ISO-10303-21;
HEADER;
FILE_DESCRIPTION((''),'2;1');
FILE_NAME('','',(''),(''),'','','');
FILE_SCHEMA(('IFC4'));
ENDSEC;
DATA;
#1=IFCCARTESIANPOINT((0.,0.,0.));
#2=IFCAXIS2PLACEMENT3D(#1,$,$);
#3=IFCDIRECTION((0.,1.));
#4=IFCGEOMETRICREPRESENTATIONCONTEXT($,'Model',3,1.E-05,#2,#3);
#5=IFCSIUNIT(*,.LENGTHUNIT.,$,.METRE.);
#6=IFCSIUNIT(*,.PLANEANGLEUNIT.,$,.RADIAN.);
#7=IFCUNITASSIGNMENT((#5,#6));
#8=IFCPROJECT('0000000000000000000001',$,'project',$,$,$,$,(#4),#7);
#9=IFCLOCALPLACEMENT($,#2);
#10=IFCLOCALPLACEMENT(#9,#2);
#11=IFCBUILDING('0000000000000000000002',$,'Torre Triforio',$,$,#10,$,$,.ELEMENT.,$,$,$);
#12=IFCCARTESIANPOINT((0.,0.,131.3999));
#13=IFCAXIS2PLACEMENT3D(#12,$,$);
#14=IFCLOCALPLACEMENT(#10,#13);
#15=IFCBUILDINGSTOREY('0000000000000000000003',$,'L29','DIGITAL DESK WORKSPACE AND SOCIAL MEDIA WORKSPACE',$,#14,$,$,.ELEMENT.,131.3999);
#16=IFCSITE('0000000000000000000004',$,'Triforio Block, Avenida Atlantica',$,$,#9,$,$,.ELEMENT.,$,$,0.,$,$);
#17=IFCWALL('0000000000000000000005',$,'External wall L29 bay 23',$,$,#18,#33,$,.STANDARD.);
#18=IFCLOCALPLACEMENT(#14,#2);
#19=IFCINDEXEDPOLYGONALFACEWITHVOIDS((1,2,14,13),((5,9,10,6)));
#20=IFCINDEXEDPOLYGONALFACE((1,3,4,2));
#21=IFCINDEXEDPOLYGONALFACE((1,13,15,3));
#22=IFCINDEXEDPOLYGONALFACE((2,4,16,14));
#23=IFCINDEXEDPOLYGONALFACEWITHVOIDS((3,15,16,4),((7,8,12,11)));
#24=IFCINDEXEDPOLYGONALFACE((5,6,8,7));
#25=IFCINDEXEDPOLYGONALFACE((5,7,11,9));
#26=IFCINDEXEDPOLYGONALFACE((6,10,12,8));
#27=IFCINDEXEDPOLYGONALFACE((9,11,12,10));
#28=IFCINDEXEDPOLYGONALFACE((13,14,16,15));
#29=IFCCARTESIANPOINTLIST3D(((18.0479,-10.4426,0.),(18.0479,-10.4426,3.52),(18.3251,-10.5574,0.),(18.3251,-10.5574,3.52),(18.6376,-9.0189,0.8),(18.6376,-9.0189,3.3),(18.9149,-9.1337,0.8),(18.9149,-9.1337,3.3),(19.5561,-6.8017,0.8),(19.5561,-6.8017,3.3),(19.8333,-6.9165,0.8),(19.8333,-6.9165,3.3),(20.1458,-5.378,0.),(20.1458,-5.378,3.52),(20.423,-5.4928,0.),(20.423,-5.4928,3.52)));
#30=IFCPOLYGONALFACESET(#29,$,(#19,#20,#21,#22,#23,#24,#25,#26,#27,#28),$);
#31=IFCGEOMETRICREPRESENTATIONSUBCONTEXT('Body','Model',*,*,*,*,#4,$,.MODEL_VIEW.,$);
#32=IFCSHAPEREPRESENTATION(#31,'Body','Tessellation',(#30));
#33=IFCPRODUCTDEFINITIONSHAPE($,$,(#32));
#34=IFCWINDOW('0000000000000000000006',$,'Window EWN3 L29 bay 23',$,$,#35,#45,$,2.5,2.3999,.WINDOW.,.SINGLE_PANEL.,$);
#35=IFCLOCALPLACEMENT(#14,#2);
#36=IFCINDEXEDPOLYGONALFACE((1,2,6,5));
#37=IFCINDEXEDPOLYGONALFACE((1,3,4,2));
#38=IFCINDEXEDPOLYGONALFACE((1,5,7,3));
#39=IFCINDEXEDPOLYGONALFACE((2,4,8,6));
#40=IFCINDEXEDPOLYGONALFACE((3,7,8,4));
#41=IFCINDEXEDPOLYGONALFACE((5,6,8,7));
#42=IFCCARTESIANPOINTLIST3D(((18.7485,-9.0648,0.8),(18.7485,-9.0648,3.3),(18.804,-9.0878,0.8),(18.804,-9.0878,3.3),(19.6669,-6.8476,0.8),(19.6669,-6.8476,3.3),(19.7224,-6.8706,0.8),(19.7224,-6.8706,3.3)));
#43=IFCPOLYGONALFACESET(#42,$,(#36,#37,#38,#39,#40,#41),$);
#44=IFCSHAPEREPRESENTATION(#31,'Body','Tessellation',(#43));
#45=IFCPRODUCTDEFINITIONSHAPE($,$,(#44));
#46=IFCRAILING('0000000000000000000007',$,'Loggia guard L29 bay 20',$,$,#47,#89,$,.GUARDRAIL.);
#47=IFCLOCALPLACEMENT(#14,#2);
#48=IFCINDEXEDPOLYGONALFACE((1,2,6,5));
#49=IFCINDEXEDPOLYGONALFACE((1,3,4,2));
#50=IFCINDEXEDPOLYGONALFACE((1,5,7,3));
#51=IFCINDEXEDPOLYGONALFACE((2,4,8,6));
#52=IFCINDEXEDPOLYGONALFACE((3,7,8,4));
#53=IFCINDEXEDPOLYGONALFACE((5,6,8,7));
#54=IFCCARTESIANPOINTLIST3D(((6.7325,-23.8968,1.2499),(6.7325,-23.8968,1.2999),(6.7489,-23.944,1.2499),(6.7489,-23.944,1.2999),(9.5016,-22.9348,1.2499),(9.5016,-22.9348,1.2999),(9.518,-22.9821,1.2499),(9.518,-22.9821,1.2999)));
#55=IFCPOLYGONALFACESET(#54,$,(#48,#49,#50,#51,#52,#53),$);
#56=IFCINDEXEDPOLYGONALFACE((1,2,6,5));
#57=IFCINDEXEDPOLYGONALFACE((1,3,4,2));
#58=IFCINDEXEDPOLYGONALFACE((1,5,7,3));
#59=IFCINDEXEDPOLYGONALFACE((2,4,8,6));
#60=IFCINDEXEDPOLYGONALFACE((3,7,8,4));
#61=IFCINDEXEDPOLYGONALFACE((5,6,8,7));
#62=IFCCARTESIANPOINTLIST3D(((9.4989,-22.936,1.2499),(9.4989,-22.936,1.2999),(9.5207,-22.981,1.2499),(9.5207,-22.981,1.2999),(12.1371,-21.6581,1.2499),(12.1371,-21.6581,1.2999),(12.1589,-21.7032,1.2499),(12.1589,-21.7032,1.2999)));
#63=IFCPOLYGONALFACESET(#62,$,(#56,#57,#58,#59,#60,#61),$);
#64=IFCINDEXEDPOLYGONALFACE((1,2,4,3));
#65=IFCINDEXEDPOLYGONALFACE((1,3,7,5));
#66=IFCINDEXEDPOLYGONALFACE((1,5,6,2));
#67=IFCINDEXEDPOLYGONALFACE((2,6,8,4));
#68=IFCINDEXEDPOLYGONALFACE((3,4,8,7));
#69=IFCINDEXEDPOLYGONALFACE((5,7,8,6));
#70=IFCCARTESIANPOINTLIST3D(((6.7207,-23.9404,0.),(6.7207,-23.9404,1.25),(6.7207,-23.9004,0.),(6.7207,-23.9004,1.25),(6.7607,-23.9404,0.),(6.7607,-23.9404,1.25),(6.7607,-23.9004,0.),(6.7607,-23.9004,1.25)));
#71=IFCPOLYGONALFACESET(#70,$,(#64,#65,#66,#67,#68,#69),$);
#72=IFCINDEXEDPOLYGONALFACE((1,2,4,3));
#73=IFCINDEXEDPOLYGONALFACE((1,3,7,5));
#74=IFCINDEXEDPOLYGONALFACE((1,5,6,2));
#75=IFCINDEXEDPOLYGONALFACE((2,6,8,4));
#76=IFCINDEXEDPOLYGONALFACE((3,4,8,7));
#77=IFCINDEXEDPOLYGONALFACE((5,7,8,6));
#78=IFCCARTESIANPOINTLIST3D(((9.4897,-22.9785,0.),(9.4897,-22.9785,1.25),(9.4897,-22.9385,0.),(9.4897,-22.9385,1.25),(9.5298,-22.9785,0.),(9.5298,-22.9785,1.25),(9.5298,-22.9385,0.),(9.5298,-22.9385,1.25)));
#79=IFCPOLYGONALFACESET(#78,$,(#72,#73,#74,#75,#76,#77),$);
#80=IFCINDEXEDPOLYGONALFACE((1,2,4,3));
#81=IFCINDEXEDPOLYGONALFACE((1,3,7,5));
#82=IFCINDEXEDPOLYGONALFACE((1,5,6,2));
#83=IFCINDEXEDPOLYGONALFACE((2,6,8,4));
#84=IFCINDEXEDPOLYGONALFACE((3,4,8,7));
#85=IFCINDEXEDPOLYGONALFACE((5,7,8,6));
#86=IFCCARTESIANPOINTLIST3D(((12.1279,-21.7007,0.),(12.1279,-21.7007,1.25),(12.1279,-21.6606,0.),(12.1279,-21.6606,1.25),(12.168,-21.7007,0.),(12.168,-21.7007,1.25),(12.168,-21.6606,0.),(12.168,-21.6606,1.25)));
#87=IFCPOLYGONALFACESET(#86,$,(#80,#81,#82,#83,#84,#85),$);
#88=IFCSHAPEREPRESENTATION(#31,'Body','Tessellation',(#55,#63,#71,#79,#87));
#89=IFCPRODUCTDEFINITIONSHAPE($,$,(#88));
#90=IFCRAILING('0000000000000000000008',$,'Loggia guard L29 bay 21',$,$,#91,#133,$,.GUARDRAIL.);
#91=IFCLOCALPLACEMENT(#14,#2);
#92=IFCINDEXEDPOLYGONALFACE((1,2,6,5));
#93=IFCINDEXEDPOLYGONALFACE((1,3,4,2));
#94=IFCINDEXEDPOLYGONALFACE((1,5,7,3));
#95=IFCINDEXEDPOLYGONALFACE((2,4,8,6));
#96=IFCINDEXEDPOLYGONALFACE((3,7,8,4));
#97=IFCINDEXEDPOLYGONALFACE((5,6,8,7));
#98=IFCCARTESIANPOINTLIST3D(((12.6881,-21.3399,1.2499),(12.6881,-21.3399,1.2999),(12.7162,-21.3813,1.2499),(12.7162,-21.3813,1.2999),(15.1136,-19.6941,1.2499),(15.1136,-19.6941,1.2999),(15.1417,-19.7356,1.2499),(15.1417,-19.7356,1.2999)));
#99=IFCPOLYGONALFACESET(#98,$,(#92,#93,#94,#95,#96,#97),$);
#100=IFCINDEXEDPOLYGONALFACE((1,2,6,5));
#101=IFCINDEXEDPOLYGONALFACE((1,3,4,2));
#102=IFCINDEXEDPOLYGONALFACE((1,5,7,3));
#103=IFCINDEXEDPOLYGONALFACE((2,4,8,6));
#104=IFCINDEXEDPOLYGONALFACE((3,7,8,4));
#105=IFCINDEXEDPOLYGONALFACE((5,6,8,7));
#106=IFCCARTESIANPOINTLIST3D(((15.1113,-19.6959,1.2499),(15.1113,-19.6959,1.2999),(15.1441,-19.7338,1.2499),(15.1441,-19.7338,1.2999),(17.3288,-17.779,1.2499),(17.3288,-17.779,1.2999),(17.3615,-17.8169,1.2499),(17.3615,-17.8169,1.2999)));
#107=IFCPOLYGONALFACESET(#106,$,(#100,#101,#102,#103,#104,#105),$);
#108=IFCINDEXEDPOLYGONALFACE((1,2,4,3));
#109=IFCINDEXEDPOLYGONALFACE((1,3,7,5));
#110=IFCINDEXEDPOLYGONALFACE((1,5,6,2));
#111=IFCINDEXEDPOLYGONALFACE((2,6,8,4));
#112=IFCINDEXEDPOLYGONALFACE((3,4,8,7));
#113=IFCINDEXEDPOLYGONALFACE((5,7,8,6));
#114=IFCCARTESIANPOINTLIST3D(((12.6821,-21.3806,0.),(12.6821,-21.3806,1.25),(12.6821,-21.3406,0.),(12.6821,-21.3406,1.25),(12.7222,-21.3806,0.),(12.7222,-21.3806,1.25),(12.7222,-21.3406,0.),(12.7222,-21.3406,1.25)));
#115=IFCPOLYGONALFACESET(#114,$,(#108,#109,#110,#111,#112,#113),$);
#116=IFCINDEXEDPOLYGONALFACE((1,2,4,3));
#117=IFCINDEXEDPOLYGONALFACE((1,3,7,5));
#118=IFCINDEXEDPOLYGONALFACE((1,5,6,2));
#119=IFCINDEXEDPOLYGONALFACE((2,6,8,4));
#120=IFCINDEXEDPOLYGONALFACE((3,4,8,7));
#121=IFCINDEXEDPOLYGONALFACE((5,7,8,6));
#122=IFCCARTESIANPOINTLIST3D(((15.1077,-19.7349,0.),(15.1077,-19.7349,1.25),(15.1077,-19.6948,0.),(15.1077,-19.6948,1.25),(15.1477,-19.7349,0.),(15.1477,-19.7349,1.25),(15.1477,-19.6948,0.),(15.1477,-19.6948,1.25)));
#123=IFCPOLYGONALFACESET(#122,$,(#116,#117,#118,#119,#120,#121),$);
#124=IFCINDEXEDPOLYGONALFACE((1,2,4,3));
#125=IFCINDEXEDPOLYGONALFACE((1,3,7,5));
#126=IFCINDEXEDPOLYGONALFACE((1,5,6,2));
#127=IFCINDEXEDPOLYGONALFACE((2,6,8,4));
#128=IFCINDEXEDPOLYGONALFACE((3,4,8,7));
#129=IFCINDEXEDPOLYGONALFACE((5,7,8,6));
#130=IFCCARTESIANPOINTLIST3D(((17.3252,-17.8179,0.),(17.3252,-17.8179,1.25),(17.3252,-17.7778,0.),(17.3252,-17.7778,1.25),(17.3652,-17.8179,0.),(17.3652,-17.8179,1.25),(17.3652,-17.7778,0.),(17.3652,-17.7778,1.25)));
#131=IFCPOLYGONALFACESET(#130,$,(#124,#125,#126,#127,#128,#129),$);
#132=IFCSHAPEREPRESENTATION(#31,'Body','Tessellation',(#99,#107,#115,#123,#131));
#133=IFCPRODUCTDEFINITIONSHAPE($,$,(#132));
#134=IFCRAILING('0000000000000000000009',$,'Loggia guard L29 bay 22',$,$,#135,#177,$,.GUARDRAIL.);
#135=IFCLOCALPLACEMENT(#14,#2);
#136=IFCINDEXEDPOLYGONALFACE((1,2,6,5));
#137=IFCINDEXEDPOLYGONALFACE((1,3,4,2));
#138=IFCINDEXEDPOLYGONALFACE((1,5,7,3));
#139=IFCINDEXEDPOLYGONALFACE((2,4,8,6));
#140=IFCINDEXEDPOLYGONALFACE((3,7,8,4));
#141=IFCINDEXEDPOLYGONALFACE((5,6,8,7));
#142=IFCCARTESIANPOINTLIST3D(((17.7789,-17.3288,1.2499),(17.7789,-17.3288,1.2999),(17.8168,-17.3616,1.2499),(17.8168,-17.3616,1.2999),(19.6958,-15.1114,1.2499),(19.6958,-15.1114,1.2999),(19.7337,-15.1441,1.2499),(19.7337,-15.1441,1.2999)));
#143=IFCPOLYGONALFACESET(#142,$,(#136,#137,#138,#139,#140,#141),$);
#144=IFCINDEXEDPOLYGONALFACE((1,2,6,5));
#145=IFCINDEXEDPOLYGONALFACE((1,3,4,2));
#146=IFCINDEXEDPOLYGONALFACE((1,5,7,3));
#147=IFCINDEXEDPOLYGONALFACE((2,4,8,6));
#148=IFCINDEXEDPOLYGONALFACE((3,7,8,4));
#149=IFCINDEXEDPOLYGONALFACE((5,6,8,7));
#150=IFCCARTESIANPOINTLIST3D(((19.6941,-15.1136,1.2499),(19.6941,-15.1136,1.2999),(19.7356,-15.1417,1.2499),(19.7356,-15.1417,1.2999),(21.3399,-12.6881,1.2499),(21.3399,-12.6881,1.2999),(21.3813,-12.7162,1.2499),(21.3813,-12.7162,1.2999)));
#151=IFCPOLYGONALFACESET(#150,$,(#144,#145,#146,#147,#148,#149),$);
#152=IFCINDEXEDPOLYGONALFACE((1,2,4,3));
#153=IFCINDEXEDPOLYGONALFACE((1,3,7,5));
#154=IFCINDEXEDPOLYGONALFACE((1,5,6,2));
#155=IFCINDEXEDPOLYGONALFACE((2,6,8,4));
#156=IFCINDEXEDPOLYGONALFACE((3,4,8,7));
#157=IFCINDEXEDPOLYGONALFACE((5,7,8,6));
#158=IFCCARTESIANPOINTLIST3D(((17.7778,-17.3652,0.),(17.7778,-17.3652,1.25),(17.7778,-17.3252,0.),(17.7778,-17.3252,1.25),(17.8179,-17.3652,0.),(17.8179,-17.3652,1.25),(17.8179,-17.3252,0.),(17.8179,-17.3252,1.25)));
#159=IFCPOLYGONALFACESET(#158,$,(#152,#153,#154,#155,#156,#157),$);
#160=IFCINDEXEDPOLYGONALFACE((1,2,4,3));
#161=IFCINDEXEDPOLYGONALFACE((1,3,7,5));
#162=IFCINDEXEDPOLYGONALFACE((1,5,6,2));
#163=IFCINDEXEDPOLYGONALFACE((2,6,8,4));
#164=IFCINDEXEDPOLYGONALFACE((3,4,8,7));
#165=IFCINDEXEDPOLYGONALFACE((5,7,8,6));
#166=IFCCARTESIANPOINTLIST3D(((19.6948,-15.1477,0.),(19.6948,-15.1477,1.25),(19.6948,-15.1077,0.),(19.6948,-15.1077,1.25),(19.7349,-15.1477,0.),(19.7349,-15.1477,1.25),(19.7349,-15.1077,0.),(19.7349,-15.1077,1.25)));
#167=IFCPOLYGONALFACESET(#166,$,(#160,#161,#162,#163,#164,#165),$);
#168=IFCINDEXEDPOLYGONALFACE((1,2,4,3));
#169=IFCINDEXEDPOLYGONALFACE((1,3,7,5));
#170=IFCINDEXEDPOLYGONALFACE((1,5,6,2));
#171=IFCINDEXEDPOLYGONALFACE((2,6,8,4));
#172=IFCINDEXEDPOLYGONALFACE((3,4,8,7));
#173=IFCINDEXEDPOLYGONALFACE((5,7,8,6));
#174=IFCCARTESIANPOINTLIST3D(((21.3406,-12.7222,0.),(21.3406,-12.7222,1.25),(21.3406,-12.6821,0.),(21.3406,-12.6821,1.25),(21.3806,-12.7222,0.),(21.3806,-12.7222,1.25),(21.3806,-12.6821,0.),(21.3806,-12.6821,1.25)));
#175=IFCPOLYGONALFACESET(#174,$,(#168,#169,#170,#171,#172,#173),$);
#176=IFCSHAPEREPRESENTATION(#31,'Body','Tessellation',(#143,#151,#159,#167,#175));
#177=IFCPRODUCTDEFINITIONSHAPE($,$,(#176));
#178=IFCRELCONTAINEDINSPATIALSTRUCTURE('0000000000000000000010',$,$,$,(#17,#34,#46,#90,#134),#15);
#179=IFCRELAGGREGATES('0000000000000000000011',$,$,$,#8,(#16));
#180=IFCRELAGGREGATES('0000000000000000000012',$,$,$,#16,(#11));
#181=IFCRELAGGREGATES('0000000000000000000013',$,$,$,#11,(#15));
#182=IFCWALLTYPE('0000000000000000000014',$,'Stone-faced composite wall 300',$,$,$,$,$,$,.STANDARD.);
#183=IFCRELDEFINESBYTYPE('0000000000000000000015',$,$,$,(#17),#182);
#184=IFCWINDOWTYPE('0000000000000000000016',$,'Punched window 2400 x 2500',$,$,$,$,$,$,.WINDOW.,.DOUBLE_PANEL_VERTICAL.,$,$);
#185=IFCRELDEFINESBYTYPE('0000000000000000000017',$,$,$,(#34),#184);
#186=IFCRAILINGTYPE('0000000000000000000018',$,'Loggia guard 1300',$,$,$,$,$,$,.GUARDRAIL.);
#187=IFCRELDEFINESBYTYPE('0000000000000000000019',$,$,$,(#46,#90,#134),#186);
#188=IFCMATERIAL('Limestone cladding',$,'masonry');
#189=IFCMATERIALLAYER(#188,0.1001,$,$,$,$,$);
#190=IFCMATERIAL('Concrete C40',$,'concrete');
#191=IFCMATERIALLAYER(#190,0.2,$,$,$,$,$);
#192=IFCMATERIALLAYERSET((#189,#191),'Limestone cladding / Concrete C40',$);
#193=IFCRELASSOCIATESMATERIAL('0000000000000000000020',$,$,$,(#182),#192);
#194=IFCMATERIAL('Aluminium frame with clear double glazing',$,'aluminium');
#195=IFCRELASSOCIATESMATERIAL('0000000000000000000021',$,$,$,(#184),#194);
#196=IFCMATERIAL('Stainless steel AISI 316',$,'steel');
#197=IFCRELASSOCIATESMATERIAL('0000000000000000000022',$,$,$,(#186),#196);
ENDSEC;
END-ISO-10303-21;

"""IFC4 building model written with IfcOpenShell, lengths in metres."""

from ifc_helpers import new_model, si_unit, direction, frame, frame_2d, origin, origin_2d, place, context, subcontext, project, spatial, rectangle, extrude, material, layer, layer_set, type_object, element, fill, save


model = new_model("IFC4")

# Units and contexts
model_context = context("Model", 3, precision=1e-05, world=origin(), true_north=direction((0.0, 1.0)))
body_context = subcontext(model_context, "Body", "Model", "MODEL_VIEW")
ifc_project = project(units=[si_unit("LENGTHUNIT", "METRE"), si_unit("PLANEANGLEUNIT", "RADIAN")], contexts=[model_context])

# Site, building, storey
site_placement = place(None, origin())
site = spatial("IfcSite", under=ifc_project, at=site_placement, Name="Triforio Block, Avenida Atlantica", CompositionType="ELEMENT", RefElevation=0.0)
building_placement = place(site_placement, origin())
building = spatial("IfcBuilding", under=site, at=building_placement, Name="Torre Triforio", CompositionType="ELEMENT")
storey_placement = place(building_placement, frame((0.0, 0.0, 131.3999)))
storey = spatial("IfcBuildingStorey", under=building, at=storey_placement, Name="L29", Description="DIGITAL DESK WORKSPACE AND SOCIAL MEDIA WORKSPACE", CompositionType="ELEMENT", Elevation=131.3999)

# Shared definitions
ifc_material_1 = material(Name="Limestone cladding", Category="masonry")
ifc_material_2 = material(Name="Concrete C40", Category="concrete")

# Shared definitions
ifc_layer_1 = layer(ifc_material_1, 0.1001)
ifc_layer_2 = layer(ifc_material_2, 0.2)
ifc_layer_set_1 = layer_set([ifc_layer_1, ifc_layer_2], Name="Limestone cladding / Concrete C40")
wall_type_1 = type_object("IfcWallType", Name="Stone-faced composite wall 300", PredefinedType="STANDARD", material=ifc_layer_set_1)
ifc_material_3 = material(Name="Aluminium frame with clear double glazing", Category="aluminium")
window_type_1 = type_object("IfcWindowType", Name="Punched window 2400 x 2500", PartitioningType="DOUBLE_PANEL_VERTICAL", PredefinedType="WINDOW", material=ifc_material_3)

# Wall, opening, window
wall_1_placement = place(storey_placement, frame((18.1865, -10.5, 0.0), z_axis=(0.0, 0.0, 1.0), x_axis=(0.382689, 0.923877, 0.0)))
wall_1 = element("IfcWall", 1, at=wall_1_placement, inside=storey, type_object=wall_type_1, Name="External wall L29 bay 23", PredefinedType="STANDARD", context=body_context, shape_type="SweptSolid", body=[
    extrude(rectangle(XDim=5.4819, YDim=0.3, at=frame_2d((2.741, 0.0))), origin(), (0.0, 0.0, 1.0), 3.52),
])
opening_1_placement = place(wall_1_placement, frame((1.541, 0.0, 0.8)))
opening_1 = element("IfcOpeningElement", 2, at=opening_1_placement, cuts=wall_1, PredefinedType="OPENING", context=body_context, shape_type="SweptSolid", body=[
    extrude(rectangle(XDim=2.3999, YDim=2.5, at=frame_2d((1.2, 1.25))), frame((0.0, 0.1599, 0.0), z_axis=(0.0, -1.0, 0.0), x_axis=(1.0, 0.0, 0.0)), (0.0, 0.0, 1.0), 0.3201),
])
window_1_placement = place(opening_1_placement, origin())
window_1 = element("IfcWindow", 3, at=window_1_placement, inside=storey, type_object=window_type_1, Name="Window EWN3 L29 bay 23", OverallHeight=2.5, OverallWidth=2.3999, PartitioningType="SINGLE_PANEL", PredefinedType="WINDOW", context=body_context, shape_type="SweptSolid", body=[
    extrude(rectangle(XDim=2.3999, YDim=2.5, at=frame_2d((1.2, 1.25))), frame((0.0, 0.03, 0.0), z_axis=(0.0, -1.0, 0.0), x_axis=(1.0, 0.0, 0.0)), (0.0, 0.0, 1.0), 0.0601),
])
fill(opening_1, window_1)

# Railings
ifc_material_4 = material(Name="Stainless steel AISI 316", Category="steel")
railing_type = type_object("IfcRailingType", Name="Loggia guard 1300", PredefinedType="GUARDRAIL", material=ifc_material_4)
railing_1_placement = place(storey_placement, frame((6.7407, -23.9204, 0.0)))
element("IfcRailing", 4, at=railing_1_placement, inside=storey, type_object=railing_type, Name="Loggia guard L29 bay 20", PredefinedType="GUARDRAIL", context=body_context, shape_type="SweptSolid", body=[
    extrude(rectangle(XDim=0.05, YDim=0.05, at=origin_2d()), frame((0.0, 0.0, 1.2749), z_axis=(0.944627, 0.328146, 0.0), x_axis=(-0.328146, 0.944627, 0.0)), (0.0, 0.0, 1.0), 2.9314),
    extrude(rectangle(XDim=0.05, YDim=0.05, at=origin_2d()), frame((2.769, 0.9619, 1.2749), z_axis=(0.899986, 0.435918, 0.0), x_axis=(-0.435918, 0.899986, 0.0)), (0.0, 0.0, 1.0), 2.9314),
    extrude(rectangle(XDim=0.04, YDim=0.04, at=origin_2d()), origin(), (0.0, 0.0, 1.0), 1.25),
    extrude(rectangle(XDim=0.04, YDim=0.04, at=origin_2d()), frame((2.769, 0.9619, 0.0)), (0.0, 0.0, 1.0), 1.25),
    extrude(rectangle(XDim=0.04, YDim=0.04, at=origin_2d()), frame((5.4072, 2.2397, 0.0)), (0.0, 0.0, 1.0), 1.25),
])
railing_2_placement = place(storey_placement, frame((12.7021, -21.3606, 0.0)))
element("IfcRailing", 5, at=railing_2_placement, inside=storey, type_object=railing_type, Name="Loggia guard L29 bay 21", PredefinedType="GUARDRAIL", context=body_context, shape_type="SweptSolid", body=[
    extrude(rectangle(XDim=0.05, YDim=0.05, at=origin_2d()), frame((0.0, 0.0, 1.2749), z_axis=(0.827499, 0.561467, 0.0), x_axis=(-0.561467, 0.827499, 0.0)), (0.0, 0.0, 1.0), 2.9312),
    extrude(rectangle(XDim=0.05, YDim=0.05, at=origin_2d()), frame((2.4255, 1.6458, 1.2749), z_axis=(0.75651, 0.653982, 0.0), x_axis=(-0.653982, 0.75651, 0.0)), (0.0, 0.0, 1.0), 2.9312),
    extrude(rectangle(XDim=0.04, YDim=0.04, at=origin_2d()), origin(), (0.0, 0.0, 1.0), 1.25),
    extrude(rectangle(XDim=0.04, YDim=0.04, at=origin_2d()), frame((2.4255, 1.6458, 0.0)), (0.0, 0.0, 1.0), 1.25),
    extrude(rectangle(XDim=0.04, YDim=0.04, at=origin_2d()), frame((4.6431, 3.5627, 0.0)), (0.0, 0.0, 1.0), 1.25),
])
railing_3_placement = place(storey_placement, frame((17.7979, -17.3452, 0.0)))
element("IfcRailing", 6, at=railing_3_placement, inside=storey, type_object=railing_type, Name="Loggia guard L29 bay 22", PredefinedType="GUARDRAIL", context=body_context, shape_type="SweptSolid", body=[
    extrude(rectangle(XDim=0.05, YDim=0.05, at=origin_2d()), frame((0.0, 0.0, 1.2749), z_axis=(0.653982, 0.75651, 0.0), x_axis=(-0.75651, 0.653982, 0.0)), (0.0, 0.0, 1.0), 2.9312),
    extrude(rectangle(XDim=0.05, YDim=0.05, at=origin_2d()), frame((1.917, 2.2175, 1.2749), z_axis=(0.561467, 0.827499, 0.0), x_axis=(-0.827499, 0.561467, 0.0)), (0.0, 0.0, 1.0), 2.9312),
    extrude(rectangle(XDim=0.04, YDim=0.04, at=origin_2d()), origin(), (0.0, 0.0, 1.0), 1.25),
    extrude(rectangle(XDim=0.04, YDim=0.04, at=origin_2d()), frame((1.917, 2.2175, 0.0)), (0.0, 0.0, 1.0), 1.25),
    extrude(rectangle(XDim=0.04, YDim=0.04, at=origin_2d()), frame((3.5627, 4.6431, 0.0)), (0.0, 0.0, 1.0), 1.25),
])

save(model, "model.ifc")
